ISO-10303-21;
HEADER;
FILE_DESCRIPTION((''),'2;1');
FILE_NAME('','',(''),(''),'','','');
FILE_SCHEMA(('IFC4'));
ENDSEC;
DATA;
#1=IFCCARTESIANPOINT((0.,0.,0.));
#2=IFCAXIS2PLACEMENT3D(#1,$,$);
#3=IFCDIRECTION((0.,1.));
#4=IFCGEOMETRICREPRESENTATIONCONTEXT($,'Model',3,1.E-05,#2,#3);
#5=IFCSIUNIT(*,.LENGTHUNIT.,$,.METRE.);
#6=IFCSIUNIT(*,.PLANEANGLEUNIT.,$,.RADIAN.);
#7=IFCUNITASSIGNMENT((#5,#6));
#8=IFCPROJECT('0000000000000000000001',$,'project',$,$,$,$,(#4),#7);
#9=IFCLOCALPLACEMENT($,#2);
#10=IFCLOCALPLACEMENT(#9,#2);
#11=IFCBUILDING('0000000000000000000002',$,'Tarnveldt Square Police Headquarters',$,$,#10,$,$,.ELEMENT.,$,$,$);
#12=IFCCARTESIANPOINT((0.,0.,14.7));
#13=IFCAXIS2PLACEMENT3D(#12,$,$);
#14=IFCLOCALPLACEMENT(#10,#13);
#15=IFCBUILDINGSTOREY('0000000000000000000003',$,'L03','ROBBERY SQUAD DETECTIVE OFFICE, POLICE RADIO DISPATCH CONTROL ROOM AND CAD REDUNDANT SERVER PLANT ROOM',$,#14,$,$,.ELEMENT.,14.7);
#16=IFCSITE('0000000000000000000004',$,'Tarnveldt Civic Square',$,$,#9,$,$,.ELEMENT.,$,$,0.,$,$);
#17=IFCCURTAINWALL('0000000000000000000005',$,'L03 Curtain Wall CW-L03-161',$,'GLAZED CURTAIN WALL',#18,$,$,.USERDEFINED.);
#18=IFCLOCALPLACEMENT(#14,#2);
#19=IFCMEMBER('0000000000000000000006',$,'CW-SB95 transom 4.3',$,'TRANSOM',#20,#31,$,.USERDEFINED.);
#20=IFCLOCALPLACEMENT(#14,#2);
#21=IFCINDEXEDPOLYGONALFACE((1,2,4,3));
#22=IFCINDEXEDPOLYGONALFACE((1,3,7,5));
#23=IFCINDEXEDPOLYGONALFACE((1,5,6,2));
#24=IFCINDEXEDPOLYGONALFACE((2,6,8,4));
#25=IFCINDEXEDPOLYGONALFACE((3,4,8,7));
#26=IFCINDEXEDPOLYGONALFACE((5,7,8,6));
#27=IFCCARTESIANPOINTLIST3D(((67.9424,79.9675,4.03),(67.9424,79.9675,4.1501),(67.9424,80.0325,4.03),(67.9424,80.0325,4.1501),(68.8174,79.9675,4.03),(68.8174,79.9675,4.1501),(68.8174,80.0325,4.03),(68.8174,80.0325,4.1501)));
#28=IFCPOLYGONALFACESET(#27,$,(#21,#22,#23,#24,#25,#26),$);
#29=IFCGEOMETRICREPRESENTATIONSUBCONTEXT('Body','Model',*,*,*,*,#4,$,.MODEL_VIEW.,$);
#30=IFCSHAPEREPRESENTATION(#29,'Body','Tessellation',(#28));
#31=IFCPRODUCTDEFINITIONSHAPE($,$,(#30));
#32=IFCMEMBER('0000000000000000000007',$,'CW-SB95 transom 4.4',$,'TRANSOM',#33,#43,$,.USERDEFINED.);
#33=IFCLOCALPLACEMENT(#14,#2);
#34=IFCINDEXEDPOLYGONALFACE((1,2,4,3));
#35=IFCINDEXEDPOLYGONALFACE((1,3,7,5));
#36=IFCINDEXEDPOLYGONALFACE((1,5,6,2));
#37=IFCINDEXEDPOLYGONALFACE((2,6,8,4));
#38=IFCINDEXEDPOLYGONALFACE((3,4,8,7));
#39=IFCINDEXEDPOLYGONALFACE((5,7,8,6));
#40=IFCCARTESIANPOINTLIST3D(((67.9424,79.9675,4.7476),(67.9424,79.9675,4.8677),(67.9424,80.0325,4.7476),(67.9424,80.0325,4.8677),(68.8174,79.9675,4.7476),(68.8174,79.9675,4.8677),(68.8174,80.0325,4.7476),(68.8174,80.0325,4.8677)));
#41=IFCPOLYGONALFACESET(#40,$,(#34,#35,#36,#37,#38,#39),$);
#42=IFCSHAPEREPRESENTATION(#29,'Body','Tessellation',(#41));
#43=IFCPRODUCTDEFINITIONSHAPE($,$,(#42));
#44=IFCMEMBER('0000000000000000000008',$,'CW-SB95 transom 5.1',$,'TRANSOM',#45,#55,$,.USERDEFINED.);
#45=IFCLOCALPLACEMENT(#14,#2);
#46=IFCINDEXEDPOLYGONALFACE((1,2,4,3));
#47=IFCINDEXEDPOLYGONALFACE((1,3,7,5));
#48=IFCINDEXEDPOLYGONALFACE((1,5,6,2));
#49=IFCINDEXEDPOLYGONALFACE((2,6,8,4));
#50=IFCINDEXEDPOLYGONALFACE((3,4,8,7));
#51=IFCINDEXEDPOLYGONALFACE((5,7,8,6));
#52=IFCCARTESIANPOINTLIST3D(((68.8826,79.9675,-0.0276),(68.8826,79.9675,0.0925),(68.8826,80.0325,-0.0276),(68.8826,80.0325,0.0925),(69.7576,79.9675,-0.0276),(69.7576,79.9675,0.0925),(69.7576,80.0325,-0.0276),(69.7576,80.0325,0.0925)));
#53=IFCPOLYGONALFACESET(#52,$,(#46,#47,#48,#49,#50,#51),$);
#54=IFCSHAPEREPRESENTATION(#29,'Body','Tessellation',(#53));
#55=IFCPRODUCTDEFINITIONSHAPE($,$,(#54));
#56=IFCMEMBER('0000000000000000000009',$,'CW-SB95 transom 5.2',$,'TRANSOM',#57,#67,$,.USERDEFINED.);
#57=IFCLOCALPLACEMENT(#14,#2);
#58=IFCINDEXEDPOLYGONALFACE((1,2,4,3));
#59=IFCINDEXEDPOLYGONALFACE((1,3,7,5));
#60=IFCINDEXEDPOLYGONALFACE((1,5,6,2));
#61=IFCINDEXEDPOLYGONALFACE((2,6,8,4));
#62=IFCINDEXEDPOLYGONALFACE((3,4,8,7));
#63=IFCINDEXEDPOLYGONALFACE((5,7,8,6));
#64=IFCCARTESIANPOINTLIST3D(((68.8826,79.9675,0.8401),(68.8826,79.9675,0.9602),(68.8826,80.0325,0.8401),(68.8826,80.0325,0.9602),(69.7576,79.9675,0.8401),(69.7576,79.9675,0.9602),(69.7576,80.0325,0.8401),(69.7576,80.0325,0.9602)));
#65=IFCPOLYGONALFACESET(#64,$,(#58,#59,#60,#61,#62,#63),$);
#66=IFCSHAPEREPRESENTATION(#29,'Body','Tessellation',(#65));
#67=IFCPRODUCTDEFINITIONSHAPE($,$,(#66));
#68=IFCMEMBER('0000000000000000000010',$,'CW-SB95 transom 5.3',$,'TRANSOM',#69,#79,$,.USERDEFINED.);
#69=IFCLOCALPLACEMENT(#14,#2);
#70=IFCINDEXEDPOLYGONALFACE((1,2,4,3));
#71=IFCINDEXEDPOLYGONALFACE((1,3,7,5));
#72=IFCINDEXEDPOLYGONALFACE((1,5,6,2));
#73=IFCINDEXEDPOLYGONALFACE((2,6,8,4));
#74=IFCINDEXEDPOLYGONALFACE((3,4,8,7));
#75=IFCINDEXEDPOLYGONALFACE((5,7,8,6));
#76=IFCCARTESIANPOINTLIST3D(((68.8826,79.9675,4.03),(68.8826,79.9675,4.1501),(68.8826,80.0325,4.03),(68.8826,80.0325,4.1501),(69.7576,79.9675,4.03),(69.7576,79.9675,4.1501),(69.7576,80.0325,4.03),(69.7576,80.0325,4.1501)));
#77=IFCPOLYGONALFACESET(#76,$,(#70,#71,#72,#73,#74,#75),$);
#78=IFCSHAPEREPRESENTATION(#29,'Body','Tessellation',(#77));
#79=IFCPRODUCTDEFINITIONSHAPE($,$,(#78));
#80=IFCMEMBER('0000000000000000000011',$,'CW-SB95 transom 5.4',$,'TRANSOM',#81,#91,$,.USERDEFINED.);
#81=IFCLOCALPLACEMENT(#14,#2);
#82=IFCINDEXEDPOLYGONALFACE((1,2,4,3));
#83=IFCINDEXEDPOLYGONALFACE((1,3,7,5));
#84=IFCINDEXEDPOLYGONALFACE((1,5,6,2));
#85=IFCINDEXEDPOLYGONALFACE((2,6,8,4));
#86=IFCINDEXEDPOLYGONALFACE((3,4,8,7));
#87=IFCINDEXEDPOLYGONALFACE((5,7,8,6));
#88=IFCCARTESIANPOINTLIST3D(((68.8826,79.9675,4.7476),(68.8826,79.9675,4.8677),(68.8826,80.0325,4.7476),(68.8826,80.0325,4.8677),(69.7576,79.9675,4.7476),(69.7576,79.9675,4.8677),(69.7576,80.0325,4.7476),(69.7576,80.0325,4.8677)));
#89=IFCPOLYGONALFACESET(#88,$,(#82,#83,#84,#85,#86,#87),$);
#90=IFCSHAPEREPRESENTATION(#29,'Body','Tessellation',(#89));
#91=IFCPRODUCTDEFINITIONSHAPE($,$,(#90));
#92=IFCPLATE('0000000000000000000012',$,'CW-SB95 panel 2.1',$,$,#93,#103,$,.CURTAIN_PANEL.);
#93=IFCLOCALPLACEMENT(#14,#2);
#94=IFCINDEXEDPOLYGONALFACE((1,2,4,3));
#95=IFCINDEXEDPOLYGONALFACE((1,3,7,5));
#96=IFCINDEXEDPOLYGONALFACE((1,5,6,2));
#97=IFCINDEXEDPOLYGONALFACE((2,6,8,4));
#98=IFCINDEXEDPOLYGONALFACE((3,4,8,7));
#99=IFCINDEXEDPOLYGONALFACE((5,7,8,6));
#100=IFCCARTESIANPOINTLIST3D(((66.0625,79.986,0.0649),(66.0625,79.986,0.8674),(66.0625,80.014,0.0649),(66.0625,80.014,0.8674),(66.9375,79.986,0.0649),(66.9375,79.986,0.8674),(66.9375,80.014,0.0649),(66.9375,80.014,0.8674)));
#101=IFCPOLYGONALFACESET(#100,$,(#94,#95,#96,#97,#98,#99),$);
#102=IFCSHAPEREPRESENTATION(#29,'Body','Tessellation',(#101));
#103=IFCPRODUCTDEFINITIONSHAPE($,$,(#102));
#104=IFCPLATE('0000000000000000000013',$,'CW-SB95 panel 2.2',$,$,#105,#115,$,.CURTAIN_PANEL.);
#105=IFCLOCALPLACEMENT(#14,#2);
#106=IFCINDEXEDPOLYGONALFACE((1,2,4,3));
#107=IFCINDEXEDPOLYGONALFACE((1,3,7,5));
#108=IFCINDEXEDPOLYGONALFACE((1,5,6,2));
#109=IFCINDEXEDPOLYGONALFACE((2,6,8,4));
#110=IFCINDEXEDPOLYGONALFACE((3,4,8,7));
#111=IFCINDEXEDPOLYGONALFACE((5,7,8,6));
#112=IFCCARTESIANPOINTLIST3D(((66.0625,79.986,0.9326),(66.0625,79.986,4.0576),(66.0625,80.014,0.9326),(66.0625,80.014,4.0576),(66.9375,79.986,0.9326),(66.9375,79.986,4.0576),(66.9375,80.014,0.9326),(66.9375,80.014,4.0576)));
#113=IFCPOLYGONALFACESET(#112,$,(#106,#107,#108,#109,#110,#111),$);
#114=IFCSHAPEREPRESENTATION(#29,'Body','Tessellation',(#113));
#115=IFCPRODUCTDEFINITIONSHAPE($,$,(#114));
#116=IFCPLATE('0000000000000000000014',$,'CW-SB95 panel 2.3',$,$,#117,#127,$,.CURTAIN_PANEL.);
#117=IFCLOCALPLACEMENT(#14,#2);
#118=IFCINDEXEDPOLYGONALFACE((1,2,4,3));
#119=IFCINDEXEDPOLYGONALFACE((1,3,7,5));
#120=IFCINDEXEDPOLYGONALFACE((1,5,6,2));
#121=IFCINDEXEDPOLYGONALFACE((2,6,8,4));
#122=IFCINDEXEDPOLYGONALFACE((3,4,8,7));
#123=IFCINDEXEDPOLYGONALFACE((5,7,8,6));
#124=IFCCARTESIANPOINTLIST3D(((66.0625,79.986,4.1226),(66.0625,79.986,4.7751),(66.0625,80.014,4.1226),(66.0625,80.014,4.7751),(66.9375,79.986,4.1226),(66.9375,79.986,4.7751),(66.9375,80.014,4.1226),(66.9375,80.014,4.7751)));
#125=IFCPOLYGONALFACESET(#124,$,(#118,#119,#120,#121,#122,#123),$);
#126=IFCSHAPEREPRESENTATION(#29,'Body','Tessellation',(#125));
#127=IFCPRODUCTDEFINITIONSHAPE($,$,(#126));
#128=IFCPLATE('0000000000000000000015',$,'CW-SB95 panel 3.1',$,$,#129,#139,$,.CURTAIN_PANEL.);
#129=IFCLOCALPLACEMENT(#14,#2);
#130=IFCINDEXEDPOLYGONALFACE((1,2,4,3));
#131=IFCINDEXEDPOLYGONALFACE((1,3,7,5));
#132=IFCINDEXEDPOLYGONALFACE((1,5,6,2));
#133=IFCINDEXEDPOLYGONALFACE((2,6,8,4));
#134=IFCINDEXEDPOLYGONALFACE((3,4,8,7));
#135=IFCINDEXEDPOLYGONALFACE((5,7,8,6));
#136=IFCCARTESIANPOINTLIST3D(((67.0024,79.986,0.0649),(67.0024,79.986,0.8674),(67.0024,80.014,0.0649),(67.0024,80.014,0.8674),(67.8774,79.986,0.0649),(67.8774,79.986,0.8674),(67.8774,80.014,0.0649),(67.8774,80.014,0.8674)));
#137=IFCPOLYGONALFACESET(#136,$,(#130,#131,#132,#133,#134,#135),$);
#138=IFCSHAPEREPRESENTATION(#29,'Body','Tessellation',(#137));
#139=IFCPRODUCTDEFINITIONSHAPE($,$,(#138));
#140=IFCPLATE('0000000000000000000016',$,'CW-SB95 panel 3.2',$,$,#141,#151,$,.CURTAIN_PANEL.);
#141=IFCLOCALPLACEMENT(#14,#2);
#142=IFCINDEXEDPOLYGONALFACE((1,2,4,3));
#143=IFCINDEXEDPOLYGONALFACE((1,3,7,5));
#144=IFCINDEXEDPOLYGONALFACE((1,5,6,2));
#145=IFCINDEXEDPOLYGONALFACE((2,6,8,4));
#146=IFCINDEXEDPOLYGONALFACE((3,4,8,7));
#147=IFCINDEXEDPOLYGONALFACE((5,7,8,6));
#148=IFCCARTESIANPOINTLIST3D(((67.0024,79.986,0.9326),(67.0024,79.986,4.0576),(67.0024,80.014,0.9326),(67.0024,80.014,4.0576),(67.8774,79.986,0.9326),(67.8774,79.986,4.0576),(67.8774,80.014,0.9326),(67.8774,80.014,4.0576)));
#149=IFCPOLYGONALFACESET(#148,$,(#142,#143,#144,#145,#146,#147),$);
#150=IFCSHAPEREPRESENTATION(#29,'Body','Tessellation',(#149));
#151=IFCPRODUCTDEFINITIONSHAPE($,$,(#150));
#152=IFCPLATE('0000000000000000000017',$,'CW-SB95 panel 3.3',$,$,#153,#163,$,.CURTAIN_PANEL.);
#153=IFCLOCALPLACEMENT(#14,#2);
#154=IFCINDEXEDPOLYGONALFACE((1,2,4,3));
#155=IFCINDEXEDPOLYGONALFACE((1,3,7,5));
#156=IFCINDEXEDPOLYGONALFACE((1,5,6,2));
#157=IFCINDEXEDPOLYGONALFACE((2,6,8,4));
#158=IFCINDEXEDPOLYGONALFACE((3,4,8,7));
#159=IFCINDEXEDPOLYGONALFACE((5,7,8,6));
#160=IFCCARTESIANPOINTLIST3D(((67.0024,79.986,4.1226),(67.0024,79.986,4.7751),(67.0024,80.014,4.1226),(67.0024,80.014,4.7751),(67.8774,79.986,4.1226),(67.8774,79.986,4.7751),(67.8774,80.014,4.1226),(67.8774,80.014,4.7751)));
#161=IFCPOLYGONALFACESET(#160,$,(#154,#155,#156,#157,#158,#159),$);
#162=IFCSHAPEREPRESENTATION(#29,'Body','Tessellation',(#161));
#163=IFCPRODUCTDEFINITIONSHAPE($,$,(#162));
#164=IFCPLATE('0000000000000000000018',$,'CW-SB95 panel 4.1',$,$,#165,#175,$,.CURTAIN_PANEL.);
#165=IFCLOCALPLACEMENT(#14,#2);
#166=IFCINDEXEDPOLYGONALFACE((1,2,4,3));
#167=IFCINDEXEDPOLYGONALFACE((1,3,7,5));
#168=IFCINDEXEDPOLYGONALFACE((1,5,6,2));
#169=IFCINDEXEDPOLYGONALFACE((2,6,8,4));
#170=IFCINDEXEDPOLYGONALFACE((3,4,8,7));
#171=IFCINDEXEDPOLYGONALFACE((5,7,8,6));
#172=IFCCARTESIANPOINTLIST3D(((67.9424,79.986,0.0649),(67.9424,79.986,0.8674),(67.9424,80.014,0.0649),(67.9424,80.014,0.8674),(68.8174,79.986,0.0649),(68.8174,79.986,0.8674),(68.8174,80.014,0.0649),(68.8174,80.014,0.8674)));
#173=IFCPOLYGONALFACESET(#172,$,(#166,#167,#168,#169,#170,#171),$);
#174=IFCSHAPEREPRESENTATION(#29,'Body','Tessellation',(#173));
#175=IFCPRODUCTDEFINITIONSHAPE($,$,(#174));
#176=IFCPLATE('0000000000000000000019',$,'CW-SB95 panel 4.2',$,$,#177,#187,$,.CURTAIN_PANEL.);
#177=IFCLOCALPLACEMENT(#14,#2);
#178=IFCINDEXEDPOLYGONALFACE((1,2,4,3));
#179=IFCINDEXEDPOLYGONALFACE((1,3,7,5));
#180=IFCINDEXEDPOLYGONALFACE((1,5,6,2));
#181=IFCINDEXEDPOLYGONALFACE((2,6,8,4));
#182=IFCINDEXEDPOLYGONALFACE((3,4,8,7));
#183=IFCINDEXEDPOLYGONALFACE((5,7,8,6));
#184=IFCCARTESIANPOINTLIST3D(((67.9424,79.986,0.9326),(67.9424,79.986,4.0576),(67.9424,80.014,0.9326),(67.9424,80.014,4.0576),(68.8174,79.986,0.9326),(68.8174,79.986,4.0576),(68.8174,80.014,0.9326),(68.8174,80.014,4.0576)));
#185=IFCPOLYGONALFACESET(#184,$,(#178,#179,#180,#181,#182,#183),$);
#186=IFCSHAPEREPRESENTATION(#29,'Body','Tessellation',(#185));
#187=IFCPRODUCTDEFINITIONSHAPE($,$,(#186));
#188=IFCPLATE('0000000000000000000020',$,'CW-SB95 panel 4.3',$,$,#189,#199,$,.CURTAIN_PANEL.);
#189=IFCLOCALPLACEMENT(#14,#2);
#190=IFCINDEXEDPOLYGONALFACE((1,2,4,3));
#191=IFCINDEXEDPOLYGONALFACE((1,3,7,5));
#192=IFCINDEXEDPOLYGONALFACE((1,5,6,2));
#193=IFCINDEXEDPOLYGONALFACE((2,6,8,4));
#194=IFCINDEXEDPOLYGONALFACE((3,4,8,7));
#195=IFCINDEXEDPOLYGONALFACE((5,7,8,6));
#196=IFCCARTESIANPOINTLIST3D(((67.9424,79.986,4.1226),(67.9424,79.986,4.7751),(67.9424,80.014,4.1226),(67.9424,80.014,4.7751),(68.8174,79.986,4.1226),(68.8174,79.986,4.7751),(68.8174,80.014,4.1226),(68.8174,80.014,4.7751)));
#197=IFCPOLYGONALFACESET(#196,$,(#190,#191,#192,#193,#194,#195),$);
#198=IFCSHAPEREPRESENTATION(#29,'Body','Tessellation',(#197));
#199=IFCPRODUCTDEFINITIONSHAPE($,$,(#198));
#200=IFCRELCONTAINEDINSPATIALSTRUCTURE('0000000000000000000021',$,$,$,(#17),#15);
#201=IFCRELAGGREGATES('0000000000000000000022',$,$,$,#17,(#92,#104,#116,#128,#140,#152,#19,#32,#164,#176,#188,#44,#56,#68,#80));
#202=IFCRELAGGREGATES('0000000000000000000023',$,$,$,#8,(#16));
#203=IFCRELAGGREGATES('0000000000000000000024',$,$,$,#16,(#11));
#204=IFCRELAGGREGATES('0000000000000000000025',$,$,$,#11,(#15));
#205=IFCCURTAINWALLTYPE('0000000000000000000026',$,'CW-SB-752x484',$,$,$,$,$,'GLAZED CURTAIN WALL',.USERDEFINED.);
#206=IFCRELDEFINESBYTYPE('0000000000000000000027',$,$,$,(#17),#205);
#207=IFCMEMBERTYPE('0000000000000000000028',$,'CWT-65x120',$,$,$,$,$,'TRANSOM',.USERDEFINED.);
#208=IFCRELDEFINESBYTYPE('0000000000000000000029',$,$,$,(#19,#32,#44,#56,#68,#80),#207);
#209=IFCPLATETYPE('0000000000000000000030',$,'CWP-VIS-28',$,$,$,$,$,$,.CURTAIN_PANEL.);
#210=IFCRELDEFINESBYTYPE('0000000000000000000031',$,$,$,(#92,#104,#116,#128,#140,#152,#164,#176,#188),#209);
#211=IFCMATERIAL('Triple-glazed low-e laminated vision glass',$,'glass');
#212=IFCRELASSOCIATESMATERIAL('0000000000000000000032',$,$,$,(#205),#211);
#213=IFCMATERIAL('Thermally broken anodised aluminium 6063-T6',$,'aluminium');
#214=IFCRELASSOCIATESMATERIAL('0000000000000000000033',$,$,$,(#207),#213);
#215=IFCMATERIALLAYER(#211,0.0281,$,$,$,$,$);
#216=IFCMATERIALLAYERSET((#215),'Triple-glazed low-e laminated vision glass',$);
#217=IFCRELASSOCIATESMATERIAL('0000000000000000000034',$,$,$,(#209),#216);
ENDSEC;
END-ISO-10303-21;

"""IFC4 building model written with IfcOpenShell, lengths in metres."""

from ifc_helpers import new_model, si_unit, direction, frame, origin, origin_2d, place, context, subcontext, project, spatial, rectangle, extrude, material, layer, layer_set, material_profile, profile_set, type_object, element, aggregate, save


model = new_model("IFC4")

# Units and contexts
model_context = context("Model", 3, precision=1e-05, world=origin(), true_north=direction((0.0, 1.0)))
body_context = subcontext(model_context, "Body", "Model", "MODEL_VIEW")
ifc_project = project(units=[si_unit("LENGTHUNIT", "METRE"), si_unit("PLANEANGLEUNIT", "RADIAN")], contexts=[model_context])

# Site, building, storey
site_placement = place(None, origin())
site = spatial("IfcSite", under=ifc_project, at=site_placement, Name="Tarnveldt Civic Square", CompositionType="ELEMENT", RefElevation=0.0)
building_placement = place(site_placement, origin())
building = spatial("IfcBuilding", under=site, at=building_placement, Name="Tarnveldt Square Police Headquarters", CompositionType="ELEMENT")
storey_placement = place(building_placement, frame((0.0, 0.0, 14.7)))
storey = spatial("IfcBuildingStorey", under=building, at=storey_placement, Name="L03", Description="ROBBERY SQUAD DETECTIVE OFFICE, POLICE RADIO DISPATCH CONTROL ROOM AND CAD REDUNDANT SERVER PLANT ROOM", CompositionType="ELEMENT", Elevation=14.7)

# Curtain wall
ifc_material_1 = material(Name="Triple-glazed low-e laminated vision glass", Category="glass")
curtain_wall_type_1 = type_object("IfcCurtainWallType", Name="CW-SB-752x484", ElementType="GLAZED CURTAIN WALL", PredefinedType="USERDEFINED", material=ifc_material_1)
curtain_wall_1_placement = place(storey_placement, origin())
curtain_wall_1 = element("IfcCurtainWall", 1, at=curtain_wall_1_placement, inside=storey, type_object=curtain_wall_type_1, Name="L03 Curtain Wall CW-L03-161", ObjectType="GLAZED CURTAIN WALL", PredefinedType="USERDEFINED")
ifc_material_2 = material(Name="Thermally broken anodised aluminium 6063-T6", Category="aluminium")
ifc_material_profile_1 = material_profile(ifc_material_2, rectangle(XDim=0.0649, YDim=0.1201, at=origin_2d()), Name="CW-T65x120")
ifc_profile_set_1 = profile_set([ifc_material_profile_1], Name="Thermally broken anodised aluminium 6063-T6")
member_type_1 = type_object("IfcMemberType", Name="CWT-65x120", ElementType="TRANSOM", PredefinedType="USERDEFINED", material=ifc_profile_set_1)

# Members
member_1_placement = place(storey_placement, frame((67.9424, 80.0, 4.0901), z_axis=(1.0, 0.0, 0.0), x_axis=(0.0, 1.0, 0.0)))
member_1 = element("IfcMember", 2, at=member_1_placement, type_object=member_type_1, Name="CW-SB95 transom 4.3", ObjectType="TRANSOM", PredefinedType="USERDEFINED", context=body_context, shape_type="SweptSolid", body=[
    extrude(rectangle(XDim=0.0649, YDim=0.1201, at=origin_2d()), origin(), (0.0, 0.0, 1.0), 0.875),
])
member_2_placement = place(storey_placement, frame((67.9424, 80.0, 4.8076), z_axis=(1.0, 0.0, 0.0), x_axis=(0.0, 1.0, 0.0)))
member_2 = element("IfcMember", 3, at=member_2_placement, type_object=member_type_1, Name="CW-SB95 transom 4.4", ObjectType="TRANSOM", PredefinedType="USERDEFINED", context=body_context, shape_type="SweptSolid", body=[
    extrude(rectangle(XDim=0.0649, YDim=0.1201, at=origin_2d()), origin(), (0.0, 0.0, 1.0), 0.875),
])
member_3_placement = place(storey_placement, frame((68.8826, 80.0, 0.0325), z_axis=(1.0, 0.0, 0.0), x_axis=(0.0, 1.0, 0.0)))
member_3 = element("IfcMember", 4, at=member_3_placement, type_object=member_type_1, Name="CW-SB95 transom 5.1", ObjectType="TRANSOM", PredefinedType="USERDEFINED", context=body_context, shape_type="SweptSolid", body=[
    extrude(rectangle(XDim=0.0649, YDim=0.1201, at=origin_2d()), origin(), (0.0, 0.0, 1.0), 0.875),
])
member_4_placement = place(storey_placement, frame((68.8826, 80.0, 0.9001), z_axis=(1.0, 0.0, 0.0), x_axis=(0.0, 1.0, 0.0)))
member_4 = element("IfcMember", 5, at=member_4_placement, type_object=member_type_1, Name="CW-SB95 transom 5.2", ObjectType="TRANSOM", PredefinedType="USERDEFINED", context=body_context, shape_type="SweptSolid", body=[
    extrude(rectangle(XDim=0.0649, YDim=0.1201, at=origin_2d()), origin(), (0.0, 0.0, 1.0), 0.875),
])
member_5_placement = place(storey_placement, frame((68.8826, 80.0, 4.0901), z_axis=(1.0, 0.0, 0.0), x_axis=(0.0, 1.0, 0.0)))
member_5 = element("IfcMember", 6, at=member_5_placement, type_object=member_type_1, Name="CW-SB95 transom 5.3", ObjectType="TRANSOM", PredefinedType="USERDEFINED", context=body_context, shape_type="SweptSolid", body=[
    extrude(rectangle(XDim=0.0649, YDim=0.1201, at=origin_2d()), origin(), (0.0, 0.0, 1.0), 0.875),
])
member_6_placement = place(storey_placement, frame((68.8826, 80.0, 4.8076), z_axis=(1.0, 0.0, 0.0), x_axis=(0.0, 1.0, 0.0)))
member_6 = element("IfcMember", 7, at=member_6_placement, type_object=member_type_1, Name="CW-SB95 transom 5.4", ObjectType="TRANSOM", PredefinedType="USERDEFINED", context=body_context, shape_type="SweptSolid", body=[
    extrude(rectangle(XDim=0.0649, YDim=0.1201, at=origin_2d()), origin(), (0.0, 0.0, 1.0), 0.875),
])

# Plates
ifc_layer = layer(ifc_material_1, 0.0281)
ifc_layer_set = layer_set([ifc_layer], Name="Triple-glazed low-e laminated vision glass")
plate_type = type_object("IfcPlateType", Name="CWP-VIS-28", PredefinedType="CURTAIN_PANEL", material=ifc_layer_set)
plate_1_placement = place(storey_placement, frame((66.5, 80.0, 0.0649), z_axis=(0.0, 0.0, 1.0), x_axis=(1.0, 0.0, 0.0)))
plate_1 = element("IfcPlate", 8, at=plate_1_placement, type_object=plate_type, Name="CW-SB95 panel 2.1", PredefinedType="CURTAIN_PANEL", context=body_context, shape_type="SweptSolid", body=[
    extrude(rectangle(XDim=0.875, YDim=0.0281, at=origin_2d()), origin(), (0.0, 0.0, 1.0), 0.8025),
])
plate_2_placement = place(storey_placement, frame((66.5, 80.0, 0.9326), z_axis=(0.0, 0.0, 1.0), x_axis=(1.0, 0.0, 0.0)))
plate_2 = element("IfcPlate", 9, at=plate_2_placement, type_object=plate_type, Name="CW-SB95 panel 2.2", PredefinedType="CURTAIN_PANEL", context=body_context, shape_type="SweptSolid", body=[
    extrude(rectangle(XDim=0.875, YDim=0.0281, at=origin_2d()), origin(), (0.0, 0.0, 1.0), 3.125),
])
plate_3_placement = place(storey_placement, frame((66.5, 80.0, 4.1226), z_axis=(0.0, 0.0, 1.0), x_axis=(1.0, 0.0, 0.0)))
plate_3 = element("IfcPlate", 10, at=plate_3_placement, type_object=plate_type, Name="CW-SB95 panel 2.3", PredefinedType="CURTAIN_PANEL", context=body_context, shape_type="SweptSolid", body=[
    extrude(rectangle(XDim=0.875, YDim=0.0281, at=origin_2d()), origin(), (0.0, 0.0, 1.0), 0.6526),
])
plate_4_placement = place(storey_placement, frame((67.4399, 80.0, 0.0649), z_axis=(0.0, 0.0, 1.0), x_axis=(1.0, 0.0, 0.0)))
plate_4 = element("IfcPlate", 11, at=plate_4_placement, type_object=plate_type, Name="CW-SB95 panel 3.1", PredefinedType="CURTAIN_PANEL", context=body_context, shape_type="SweptSolid", body=[
    extrude(rectangle(XDim=0.875, YDim=0.0281, at=origin_2d()), origin(), (0.0, 0.0, 1.0), 0.8025),
])
plate_5_placement = place(storey_placement, frame((67.4399, 80.0, 0.9326), z_axis=(0.0, 0.0, 1.0), x_axis=(1.0, 0.0, 0.0)))
plate_5 = element("IfcPlate", 12, at=plate_5_placement, type_object=plate_type, Name="CW-SB95 panel 3.2", PredefinedType="CURTAIN_PANEL", context=body_context, shape_type="SweptSolid", body=[
    extrude(rectangle(XDim=0.875, YDim=0.0281, at=origin_2d()), origin(), (0.0, 0.0, 1.0), 3.125),
])
plate_6_placement = place(storey_placement, frame((67.4399, 80.0, 4.1226), z_axis=(0.0, 0.0, 1.0), x_axis=(1.0, 0.0, 0.0)))
plate_6 = element("IfcPlate", 13, at=plate_6_placement, type_object=plate_type, Name="CW-SB95 panel 3.3", PredefinedType="CURTAIN_PANEL", context=body_context, shape_type="SweptSolid", body=[
    extrude(rectangle(XDim=0.875, YDim=0.0281, at=origin_2d()), origin(), (0.0, 0.0, 1.0), 0.6526),
])
plate_7_placement = place(storey_placement, frame((68.3799, 80.0, 0.0649), z_axis=(0.0, 0.0, 1.0), x_axis=(1.0, 0.0, 0.0)))
plate_7 = element("IfcPlate", 14, at=plate_7_placement, type_object=plate_type, Name="CW-SB95 panel 4.1", PredefinedType="CURTAIN_PANEL", context=body_context, shape_type="SweptSolid", body=[
    extrude(rectangle(XDim=0.875, YDim=0.0281, at=origin_2d()), origin(), (0.0, 0.0, 1.0), 0.8025),
])
plate_8_placement = place(storey_placement, frame((68.3799, 80.0, 0.9326), z_axis=(0.0, 0.0, 1.0), x_axis=(1.0, 0.0, 0.0)))
plate_8 = element("IfcPlate", 15, at=plate_8_placement, type_object=plate_type, Name="CW-SB95 panel 4.2", PredefinedType="CURTAIN_PANEL", context=body_context, shape_type="SweptSolid", body=[
    extrude(rectangle(XDim=0.875, YDim=0.0281, at=origin_2d()), origin(), (0.0, 0.0, 1.0), 3.125),
])
plate_9_placement = place(storey_placement, frame((68.3799, 80.0, 4.1226), z_axis=(0.0, 0.0, 1.0), x_axis=(1.0, 0.0, 0.0)))
plate_9 = element("IfcPlate", 16, at=plate_9_placement, type_object=plate_type, Name="CW-SB95 panel 4.3", PredefinedType="CURTAIN_PANEL", context=body_context, shape_type="SweptSolid", body=[
    extrude(rectangle(XDim=0.875, YDim=0.0281, at=origin_2d()), origin(), (0.0, 0.0, 1.0), 0.6526),
])
aggregate(curtain_wall_1, [plate_1, plate_2, plate_3, plate_4, plate_5, plate_6, member_1, member_2, plate_7, plate_8, plate_9, member_3, member_4, member_5, member_6])

save(model, "model.ifc")
